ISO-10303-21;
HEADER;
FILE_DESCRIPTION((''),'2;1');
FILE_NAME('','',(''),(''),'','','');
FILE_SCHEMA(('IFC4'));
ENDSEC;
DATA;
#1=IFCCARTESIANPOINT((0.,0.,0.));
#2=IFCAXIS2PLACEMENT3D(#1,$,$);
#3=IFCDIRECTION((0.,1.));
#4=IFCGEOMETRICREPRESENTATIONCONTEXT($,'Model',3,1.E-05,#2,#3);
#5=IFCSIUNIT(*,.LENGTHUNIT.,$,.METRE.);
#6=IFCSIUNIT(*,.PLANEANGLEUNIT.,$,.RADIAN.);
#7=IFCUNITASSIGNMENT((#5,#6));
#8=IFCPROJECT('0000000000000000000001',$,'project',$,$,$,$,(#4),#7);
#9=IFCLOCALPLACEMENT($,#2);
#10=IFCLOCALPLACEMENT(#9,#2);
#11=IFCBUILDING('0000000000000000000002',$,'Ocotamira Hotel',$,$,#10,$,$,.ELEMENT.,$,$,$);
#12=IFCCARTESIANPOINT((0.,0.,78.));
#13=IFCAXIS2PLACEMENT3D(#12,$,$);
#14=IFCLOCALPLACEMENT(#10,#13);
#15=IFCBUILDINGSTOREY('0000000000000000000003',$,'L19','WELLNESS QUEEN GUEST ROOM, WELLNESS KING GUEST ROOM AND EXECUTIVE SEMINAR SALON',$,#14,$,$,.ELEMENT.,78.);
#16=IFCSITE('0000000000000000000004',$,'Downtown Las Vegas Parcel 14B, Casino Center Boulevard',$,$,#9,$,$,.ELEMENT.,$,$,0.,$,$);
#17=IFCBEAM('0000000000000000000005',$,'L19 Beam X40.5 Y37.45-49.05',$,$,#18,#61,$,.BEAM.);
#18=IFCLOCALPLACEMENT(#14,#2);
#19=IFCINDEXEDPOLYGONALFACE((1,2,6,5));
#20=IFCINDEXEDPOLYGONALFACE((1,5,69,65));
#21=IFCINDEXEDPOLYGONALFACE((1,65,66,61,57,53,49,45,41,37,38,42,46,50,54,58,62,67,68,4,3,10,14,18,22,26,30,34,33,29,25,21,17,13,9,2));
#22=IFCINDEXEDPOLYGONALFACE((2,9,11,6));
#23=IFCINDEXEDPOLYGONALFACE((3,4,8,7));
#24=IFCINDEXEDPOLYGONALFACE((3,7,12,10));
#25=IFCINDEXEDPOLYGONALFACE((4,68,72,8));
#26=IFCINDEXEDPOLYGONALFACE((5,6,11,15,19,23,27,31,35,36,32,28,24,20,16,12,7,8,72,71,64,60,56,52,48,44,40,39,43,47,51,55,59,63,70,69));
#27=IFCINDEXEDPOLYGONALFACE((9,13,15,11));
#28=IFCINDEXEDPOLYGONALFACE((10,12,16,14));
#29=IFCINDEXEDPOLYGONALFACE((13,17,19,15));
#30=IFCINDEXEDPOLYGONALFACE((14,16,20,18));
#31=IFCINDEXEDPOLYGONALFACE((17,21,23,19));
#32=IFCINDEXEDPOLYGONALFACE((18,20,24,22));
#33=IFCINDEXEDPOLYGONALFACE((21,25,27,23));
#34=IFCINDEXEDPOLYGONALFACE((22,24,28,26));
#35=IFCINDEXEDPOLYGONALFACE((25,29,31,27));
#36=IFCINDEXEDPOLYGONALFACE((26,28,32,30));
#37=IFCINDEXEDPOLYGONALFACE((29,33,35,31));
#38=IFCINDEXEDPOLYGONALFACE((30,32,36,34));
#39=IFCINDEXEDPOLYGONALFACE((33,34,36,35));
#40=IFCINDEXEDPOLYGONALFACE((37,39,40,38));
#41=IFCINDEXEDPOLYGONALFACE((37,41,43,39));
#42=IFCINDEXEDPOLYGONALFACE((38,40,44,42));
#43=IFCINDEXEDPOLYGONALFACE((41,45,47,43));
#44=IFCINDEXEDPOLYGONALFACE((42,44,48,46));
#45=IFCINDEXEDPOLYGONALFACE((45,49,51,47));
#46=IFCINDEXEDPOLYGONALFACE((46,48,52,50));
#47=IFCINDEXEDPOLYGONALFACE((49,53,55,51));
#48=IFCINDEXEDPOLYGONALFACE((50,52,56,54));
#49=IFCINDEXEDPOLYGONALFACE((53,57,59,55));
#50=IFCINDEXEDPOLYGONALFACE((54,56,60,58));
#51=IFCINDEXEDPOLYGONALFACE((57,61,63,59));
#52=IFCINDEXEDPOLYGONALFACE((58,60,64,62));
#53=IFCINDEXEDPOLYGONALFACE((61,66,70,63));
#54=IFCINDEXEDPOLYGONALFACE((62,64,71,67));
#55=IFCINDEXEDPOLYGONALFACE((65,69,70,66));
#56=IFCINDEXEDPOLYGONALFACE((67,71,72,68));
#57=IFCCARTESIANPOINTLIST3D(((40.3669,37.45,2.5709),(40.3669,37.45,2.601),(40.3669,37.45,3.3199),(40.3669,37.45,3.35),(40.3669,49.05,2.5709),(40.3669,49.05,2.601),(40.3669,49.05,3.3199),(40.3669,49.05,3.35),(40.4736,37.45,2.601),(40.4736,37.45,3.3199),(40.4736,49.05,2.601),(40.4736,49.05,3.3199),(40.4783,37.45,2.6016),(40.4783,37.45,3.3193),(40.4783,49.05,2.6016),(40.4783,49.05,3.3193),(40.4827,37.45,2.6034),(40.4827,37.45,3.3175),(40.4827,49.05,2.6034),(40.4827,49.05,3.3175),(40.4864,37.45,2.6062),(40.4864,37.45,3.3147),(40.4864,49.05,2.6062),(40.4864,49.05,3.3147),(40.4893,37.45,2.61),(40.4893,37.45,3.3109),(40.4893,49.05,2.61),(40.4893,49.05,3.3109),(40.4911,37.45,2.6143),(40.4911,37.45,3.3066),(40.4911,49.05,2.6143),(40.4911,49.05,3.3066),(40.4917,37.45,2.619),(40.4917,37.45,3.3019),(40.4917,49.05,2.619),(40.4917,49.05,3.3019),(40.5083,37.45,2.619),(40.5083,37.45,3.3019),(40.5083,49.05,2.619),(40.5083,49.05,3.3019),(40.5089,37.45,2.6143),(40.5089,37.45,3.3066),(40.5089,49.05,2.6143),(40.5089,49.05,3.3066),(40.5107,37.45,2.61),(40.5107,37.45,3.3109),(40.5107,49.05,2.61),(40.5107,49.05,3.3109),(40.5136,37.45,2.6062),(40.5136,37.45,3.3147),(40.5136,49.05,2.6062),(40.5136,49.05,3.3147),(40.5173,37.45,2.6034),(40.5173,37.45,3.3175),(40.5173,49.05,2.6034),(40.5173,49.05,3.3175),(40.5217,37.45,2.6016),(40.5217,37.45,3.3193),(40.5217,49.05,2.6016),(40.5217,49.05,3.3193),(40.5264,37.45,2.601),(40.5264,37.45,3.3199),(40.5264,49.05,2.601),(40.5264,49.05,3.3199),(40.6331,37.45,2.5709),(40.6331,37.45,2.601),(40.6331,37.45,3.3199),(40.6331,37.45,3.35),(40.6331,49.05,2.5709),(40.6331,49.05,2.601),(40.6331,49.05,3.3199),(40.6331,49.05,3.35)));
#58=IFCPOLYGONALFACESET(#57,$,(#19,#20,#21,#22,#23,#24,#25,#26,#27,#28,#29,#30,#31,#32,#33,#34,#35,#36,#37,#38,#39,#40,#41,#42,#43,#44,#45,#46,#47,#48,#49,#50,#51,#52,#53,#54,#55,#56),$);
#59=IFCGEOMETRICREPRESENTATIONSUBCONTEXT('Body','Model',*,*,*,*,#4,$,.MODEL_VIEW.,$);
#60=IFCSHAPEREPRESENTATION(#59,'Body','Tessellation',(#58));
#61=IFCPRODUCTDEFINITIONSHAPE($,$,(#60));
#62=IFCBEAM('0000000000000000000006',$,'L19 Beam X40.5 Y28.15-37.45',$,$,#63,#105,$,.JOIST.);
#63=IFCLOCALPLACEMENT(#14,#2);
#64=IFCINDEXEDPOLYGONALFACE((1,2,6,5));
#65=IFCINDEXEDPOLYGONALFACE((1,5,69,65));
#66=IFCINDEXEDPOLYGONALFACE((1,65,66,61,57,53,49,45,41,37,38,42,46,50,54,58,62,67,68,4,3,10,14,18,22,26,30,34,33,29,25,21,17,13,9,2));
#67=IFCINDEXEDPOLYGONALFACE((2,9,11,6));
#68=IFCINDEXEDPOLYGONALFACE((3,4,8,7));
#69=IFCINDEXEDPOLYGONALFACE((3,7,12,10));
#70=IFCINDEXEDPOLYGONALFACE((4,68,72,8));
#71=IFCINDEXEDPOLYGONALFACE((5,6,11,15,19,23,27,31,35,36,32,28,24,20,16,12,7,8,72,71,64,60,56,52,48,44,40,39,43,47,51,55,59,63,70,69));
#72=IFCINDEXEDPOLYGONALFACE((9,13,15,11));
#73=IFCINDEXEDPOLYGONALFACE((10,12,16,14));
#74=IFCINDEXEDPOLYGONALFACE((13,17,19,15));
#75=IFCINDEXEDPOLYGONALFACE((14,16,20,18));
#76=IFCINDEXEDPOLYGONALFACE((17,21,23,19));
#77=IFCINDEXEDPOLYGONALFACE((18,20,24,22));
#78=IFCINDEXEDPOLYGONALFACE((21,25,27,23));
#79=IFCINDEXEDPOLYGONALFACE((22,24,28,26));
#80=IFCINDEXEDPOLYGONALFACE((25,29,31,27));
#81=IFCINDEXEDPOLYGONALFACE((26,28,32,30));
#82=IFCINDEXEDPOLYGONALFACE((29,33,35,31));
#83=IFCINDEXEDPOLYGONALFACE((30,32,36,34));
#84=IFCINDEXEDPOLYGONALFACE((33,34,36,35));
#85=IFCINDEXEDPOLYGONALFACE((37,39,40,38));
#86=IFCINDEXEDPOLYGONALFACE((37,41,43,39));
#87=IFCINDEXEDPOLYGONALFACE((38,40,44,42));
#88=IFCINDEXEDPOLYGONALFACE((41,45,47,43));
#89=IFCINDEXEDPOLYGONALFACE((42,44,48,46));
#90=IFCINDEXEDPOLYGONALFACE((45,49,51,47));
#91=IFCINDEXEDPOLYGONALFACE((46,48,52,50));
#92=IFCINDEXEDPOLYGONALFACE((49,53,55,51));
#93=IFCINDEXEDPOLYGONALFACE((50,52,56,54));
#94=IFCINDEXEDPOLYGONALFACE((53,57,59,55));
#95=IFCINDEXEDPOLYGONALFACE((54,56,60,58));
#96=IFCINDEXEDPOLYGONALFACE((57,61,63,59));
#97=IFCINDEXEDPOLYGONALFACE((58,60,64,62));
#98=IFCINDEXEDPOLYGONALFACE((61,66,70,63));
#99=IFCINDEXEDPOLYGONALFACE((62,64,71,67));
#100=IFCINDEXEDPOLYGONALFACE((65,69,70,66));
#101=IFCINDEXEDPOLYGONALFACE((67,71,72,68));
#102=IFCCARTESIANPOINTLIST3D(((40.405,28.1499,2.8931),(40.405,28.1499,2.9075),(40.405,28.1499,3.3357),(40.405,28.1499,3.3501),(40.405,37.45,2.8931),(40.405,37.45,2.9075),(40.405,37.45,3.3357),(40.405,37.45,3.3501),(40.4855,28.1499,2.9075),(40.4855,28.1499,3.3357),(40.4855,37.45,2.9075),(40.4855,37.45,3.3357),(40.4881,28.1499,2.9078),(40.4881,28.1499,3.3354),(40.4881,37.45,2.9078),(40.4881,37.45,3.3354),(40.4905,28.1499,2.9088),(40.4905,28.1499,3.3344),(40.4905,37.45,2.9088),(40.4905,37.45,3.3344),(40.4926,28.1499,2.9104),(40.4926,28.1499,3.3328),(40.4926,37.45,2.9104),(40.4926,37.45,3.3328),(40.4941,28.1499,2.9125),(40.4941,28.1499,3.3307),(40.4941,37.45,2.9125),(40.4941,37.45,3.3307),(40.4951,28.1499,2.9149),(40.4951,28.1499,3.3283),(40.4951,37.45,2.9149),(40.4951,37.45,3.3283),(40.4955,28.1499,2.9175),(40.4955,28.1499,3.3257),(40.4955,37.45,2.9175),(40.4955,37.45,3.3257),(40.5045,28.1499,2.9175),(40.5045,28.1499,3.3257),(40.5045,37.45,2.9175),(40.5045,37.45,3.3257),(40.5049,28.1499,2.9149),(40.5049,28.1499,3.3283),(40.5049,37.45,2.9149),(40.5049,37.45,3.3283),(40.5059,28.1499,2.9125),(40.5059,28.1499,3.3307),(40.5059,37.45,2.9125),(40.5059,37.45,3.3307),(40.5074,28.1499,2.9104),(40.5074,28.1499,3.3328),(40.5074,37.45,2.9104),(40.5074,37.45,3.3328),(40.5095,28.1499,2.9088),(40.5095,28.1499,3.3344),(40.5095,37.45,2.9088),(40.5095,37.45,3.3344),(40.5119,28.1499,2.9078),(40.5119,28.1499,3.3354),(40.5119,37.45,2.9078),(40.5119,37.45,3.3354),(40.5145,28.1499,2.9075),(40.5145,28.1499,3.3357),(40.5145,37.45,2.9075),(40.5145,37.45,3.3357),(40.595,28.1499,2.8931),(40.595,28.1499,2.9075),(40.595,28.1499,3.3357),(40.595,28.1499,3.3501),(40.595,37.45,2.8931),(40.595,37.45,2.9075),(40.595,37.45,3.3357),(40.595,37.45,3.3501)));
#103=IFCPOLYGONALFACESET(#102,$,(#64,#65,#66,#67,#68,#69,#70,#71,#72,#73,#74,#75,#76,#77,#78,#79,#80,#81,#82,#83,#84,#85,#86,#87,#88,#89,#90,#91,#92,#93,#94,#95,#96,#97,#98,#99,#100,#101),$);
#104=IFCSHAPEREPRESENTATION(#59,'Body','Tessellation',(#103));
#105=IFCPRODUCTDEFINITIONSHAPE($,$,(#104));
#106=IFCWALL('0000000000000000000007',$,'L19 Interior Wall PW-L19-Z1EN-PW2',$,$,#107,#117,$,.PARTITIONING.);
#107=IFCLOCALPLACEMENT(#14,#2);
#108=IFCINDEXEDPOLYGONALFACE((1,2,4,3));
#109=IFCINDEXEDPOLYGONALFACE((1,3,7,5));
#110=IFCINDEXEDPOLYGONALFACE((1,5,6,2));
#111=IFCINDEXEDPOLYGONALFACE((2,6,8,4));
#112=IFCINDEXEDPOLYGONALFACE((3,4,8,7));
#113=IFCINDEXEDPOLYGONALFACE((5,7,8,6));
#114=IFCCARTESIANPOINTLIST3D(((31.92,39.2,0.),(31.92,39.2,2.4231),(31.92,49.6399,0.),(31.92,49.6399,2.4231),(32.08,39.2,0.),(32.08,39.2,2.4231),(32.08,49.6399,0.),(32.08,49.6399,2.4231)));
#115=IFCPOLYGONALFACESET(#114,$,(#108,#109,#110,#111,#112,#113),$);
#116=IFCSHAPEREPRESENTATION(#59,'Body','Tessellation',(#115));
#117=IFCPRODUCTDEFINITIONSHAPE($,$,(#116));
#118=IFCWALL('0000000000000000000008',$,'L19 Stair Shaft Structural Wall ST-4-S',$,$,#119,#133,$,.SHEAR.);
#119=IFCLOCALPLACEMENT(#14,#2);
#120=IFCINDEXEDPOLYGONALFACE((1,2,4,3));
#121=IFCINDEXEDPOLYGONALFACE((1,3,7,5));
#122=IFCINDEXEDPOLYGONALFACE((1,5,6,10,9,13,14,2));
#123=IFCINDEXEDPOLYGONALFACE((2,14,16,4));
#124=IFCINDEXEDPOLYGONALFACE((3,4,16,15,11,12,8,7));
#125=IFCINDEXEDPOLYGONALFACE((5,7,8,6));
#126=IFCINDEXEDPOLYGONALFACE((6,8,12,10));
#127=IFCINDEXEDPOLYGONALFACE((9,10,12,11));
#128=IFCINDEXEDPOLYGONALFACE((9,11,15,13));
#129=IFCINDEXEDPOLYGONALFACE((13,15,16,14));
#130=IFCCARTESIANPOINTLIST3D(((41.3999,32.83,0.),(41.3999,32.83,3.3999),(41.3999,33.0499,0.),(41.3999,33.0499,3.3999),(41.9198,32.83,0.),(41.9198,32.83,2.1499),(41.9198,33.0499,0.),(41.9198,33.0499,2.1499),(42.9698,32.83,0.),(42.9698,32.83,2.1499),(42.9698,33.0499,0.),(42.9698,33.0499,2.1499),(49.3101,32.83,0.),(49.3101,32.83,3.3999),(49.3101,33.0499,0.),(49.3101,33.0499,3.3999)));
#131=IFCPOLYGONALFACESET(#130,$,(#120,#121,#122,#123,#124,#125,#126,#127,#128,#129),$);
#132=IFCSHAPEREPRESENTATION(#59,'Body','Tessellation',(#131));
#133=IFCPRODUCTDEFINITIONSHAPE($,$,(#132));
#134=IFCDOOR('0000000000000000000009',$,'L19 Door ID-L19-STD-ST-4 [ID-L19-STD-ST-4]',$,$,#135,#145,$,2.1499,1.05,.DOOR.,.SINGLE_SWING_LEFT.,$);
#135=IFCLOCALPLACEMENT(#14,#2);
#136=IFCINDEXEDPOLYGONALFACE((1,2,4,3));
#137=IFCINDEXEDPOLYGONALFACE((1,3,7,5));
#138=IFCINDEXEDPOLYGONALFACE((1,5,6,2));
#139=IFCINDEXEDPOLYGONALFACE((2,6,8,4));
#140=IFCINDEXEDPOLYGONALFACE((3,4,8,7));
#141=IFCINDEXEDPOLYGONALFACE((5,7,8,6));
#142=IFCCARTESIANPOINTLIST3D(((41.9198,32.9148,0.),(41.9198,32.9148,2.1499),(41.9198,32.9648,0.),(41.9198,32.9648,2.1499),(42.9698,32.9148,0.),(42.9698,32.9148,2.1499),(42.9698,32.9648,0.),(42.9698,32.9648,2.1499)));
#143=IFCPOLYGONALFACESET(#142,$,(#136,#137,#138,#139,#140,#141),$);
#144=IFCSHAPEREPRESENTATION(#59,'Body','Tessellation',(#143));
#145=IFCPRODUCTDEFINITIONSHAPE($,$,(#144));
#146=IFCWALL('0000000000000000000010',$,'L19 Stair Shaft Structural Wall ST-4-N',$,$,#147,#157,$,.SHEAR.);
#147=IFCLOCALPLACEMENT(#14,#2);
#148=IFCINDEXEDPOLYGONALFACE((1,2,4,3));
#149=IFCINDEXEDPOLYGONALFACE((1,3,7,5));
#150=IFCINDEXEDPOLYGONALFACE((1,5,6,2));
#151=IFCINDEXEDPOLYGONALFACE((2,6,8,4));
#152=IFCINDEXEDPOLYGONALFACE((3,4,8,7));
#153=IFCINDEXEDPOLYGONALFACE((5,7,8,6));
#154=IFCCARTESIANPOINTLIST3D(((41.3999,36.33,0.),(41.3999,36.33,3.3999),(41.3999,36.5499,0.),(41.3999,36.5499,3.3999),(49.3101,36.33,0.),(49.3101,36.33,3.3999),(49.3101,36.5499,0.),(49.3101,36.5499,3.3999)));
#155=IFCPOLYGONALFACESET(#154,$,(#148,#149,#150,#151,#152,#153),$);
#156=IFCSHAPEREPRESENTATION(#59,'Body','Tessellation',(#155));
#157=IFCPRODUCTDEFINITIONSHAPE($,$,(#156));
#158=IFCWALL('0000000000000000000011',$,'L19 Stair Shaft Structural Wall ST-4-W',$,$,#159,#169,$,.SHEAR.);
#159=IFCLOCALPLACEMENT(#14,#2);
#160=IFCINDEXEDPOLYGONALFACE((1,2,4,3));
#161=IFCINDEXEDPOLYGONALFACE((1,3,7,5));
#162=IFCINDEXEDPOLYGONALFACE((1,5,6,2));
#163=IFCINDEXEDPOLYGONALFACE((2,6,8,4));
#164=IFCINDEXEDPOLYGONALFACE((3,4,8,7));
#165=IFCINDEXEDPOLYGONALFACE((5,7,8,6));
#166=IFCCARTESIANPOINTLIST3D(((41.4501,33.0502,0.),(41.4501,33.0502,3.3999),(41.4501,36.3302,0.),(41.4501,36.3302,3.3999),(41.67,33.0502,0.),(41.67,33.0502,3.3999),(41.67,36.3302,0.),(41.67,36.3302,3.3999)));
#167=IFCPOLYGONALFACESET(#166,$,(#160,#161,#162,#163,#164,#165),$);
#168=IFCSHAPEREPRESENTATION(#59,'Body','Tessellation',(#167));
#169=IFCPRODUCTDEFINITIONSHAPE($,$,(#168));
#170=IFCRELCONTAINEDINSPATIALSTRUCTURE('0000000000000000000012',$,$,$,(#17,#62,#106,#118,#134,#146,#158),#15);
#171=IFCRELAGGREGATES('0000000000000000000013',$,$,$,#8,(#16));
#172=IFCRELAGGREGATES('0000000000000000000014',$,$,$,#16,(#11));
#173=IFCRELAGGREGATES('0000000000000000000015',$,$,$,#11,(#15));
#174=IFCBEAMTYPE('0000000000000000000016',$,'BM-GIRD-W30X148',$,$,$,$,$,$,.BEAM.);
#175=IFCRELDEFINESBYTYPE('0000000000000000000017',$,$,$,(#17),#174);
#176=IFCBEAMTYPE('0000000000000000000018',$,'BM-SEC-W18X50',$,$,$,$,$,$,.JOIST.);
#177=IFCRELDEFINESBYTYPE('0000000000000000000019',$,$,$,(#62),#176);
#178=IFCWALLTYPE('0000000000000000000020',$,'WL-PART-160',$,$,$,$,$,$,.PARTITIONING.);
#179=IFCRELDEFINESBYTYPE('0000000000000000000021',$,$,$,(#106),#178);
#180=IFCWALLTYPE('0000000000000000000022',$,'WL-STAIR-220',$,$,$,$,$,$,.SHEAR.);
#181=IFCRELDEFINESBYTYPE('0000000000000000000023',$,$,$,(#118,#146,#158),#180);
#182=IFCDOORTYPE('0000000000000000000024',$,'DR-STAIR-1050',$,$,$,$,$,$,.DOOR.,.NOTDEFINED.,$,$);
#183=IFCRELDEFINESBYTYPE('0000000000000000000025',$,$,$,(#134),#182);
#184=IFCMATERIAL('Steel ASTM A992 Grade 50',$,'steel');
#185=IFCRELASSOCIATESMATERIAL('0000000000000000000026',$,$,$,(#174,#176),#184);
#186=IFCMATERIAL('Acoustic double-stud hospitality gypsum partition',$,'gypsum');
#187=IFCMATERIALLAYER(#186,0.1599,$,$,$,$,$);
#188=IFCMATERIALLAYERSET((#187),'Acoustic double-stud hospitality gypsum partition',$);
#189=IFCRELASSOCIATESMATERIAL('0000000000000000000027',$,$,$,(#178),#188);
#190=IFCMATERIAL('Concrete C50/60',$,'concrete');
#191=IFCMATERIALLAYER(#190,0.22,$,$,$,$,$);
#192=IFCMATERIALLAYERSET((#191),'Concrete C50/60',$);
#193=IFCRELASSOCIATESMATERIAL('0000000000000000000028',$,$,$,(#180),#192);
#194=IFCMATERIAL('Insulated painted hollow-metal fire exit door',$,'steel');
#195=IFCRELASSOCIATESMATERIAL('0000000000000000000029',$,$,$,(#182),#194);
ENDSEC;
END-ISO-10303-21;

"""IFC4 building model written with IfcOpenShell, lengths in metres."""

from ifc_helpers import new_model, si_unit, direction, frame, frame_2d, origin, origin_2d, place, context, subcontext, project, spatial, rectangle, i_section, extrude, source, transform, mapped, material, layer, layer_set, material_profile, profile_set, type_object, element, fill, save


model = new_model("IFC4")

# Units and contexts
model_context = context("Model", 3, precision=1e-05, world=origin(), true_north=direction((0.0, 1.0)))
body_context = subcontext(model_context, "Body", "Model", "MODEL_VIEW")
ifc_project = project(units=[si_unit("LENGTHUNIT", "METRE"), si_unit("PLANEANGLEUNIT", "RADIAN")], contexts=[model_context])

# Site, building, storey
site_placement = place(None, origin())
site = spatial("IfcSite", under=ifc_project, at=site_placement, Name="Downtown Las Vegas Parcel 14B, Casino Center Boulevard", CompositionType="ELEMENT", RefElevation=0.0)
building_placement = place(site_placement, origin())
building = spatial("IfcBuilding", under=site, at=building_placement, Name="Ocotamira Hotel", CompositionType="ELEMENT")
storey_placement = place(building_placement, frame((0.0, 0.0, 78.0)))
storey = spatial("IfcBuildingStorey", under=building, at=storey_placement, Name="L19", Description="WELLNESS QUEEN GUEST ROOM, WELLNESS KING GUEST ROOM AND EXECUTIVE SEMINAR SALON", CompositionType="ELEMENT", Elevation=78.0)

# Beams
ifc_material_1 = material(Name="Steel ASTM A992 Grade 50", Category="steel")
ifc_material_profile_1 = material_profile(ifc_material_1, i_section(OverallWidth=0.2661, OverallDepth=0.7791, WebThickness=0.0166, FlangeThickness=0.03, FilletRadius=0.0181, at=origin_2d()), Name="W30X148")
ifc_profile_set_1 = profile_set([ifc_material_profile_1], Name="Steel ASTM A992 Grade 50")
beam_type_1 = type_object("IfcBeamType", Name="BM-GIRD-W30X148", PredefinedType="BEAM", material=ifc_profile_set_1)
shared_shape_1 = source(origin(), body_context, "Body", "SweptSolid", [
    extrude(i_section(OverallWidth=0.2661, OverallDepth=0.7791, WebThickness=0.0166, FlangeThickness=0.03, FilletRadius=0.0181, at=origin_2d()), origin(), (0.0, 0.0, 1.0), 11.6001),
])
beam_1_placement = place(storey_placement, frame((40.5, 37.45, 2.9604), z_axis=(0.0, 1.0, 0.0), x_axis=(-1.0, 0.0, 0.0)))
element("IfcBeam", 1, at=beam_1_placement, inside=storey, type_object=beam_type_1, Name="L19 Beam X40.5 Y37.45-49.05", PredefinedType="BEAM", context=body_context, shape_type="MappedRepresentation", body=[
    mapped(shared_shape_1, transform((0.0, 0.0, 0.0), scale=1.0)),
])
ifc_material_profile_2 = material_profile(ifc_material_1, i_section(OverallWidth=0.1899, OverallDepth=0.457, WebThickness=0.009, FlangeThickness=0.0144, FilletRadius=0.01, at=origin_2d()), Name="W18X50")
ifc_profile_set_2 = profile_set([ifc_material_profile_2], Name="Steel ASTM A992 Grade 50")
beam_type_2 = type_object("IfcBeamType", Name="BM-SEC-W18X50", PredefinedType="JOIST", material=ifc_profile_set_2)
shared_shape_2 = source(origin(), body_context, "Body", "SweptSolid", [
    extrude(i_section(OverallWidth=0.1899, OverallDepth=0.457, WebThickness=0.009, FlangeThickness=0.0144, FilletRadius=0.01, at=origin_2d()), origin(), (0.0, 0.0, 1.0), 9.3),
])
beam_2_placement = place(storey_placement, frame((40.5, 28.1499, 3.1216), z_axis=(0.0, 1.0, 0.0), x_axis=(-1.0, 0.0, 0.0)))
element("IfcBeam", 2, at=beam_2_placement, inside=storey, type_object=beam_type_2, Name="L19 Beam X40.5 Y28.15-37.45", PredefinedType="JOIST", context=body_context, shape_type="MappedRepresentation", body=[
    mapped(shared_shape_2, transform((0.0, 0.0, 0.0), scale=1.0)),
])

# Wall
ifc_material_2 = material(Name="Acoustic double-stud hospitality gypsum partition", Category="gypsum")
ifc_layer_1 = layer(ifc_material_2, 0.1599)
ifc_layer_set_1 = layer_set([ifc_layer_1], Name="Acoustic double-stud hospitality gypsum partition")
wall_type_1 = type_object("IfcWallType", Name="WL-PART-160", PredefinedType="PARTITIONING", material=ifc_layer_set_1)
wall_1_placement = place(storey_placement, frame((32.0, 39.2, 0.0), z_axis=(0.0, 0.0, 1.0), x_axis=(0.0, 1.0, 0.0)))
element("IfcWall", 3, at=wall_1_placement, inside=storey, type_object=wall_type_1, Name="L19 Interior Wall PW-L19-Z1EN-PW2", PredefinedType="PARTITIONING", context=body_context, shape_type="SweptSolid", body=[
    extrude(rectangle(XDim=10.4399, YDim=0.1599, at=frame_2d((5.22, 0.0))), origin(), (0.0, 0.0, 1.0), 2.4231),
])

# Wall, opening, door
ifc_material_3 = material(Name="Concrete C50/60", Category="concrete")
ifc_layer_2 = layer(ifc_material_3, 0.22)
ifc_layer_set_2 = layer_set([ifc_layer_2], Name="Concrete C50/60")
wall_type_2 = type_object("IfcWallType", Name="WL-STAIR-220", PredefinedType="SHEAR", material=ifc_layer_set_2)
wall_2_placement = place(storey_placement, frame((41.3999, 32.9399, 0.0), z_axis=(0.0, 0.0, 1.0), x_axis=(1.0, 0.0, 0.0)))
wall_2 = element("IfcWall", 4, at=wall_2_placement, inside=storey, type_object=wall_type_2, Name="L19 Stair Shaft Structural Wall ST-4-S", PredefinedType="SHEAR", context=body_context, shape_type="SweptSolid", body=[
    extrude(rectangle(XDim=7.9102, YDim=0.22, at=frame_2d((3.9551, 0.0))), origin(), (0.0, 0.0, 1.0), 3.3999),
])
opening_1_placement = place(wall_2_placement, frame((0.52, 0.0, 0.0)))
opening_1 = element("IfcOpeningElement", 5, at=opening_1_placement, cuts=wall_2, PredefinedType="OPENING", context=body_context, shape_type="SweptSolid", body=[
    extrude(rectangle(XDim=1.05, YDim=2.1499, at=frame_2d((0.5249, 1.075))), frame((0.0, 0.1201, 0.0), z_axis=(0.0, -1.0, 0.0), x_axis=(1.0, 0.0, 0.0)), (0.0, 0.0, 1.0), 0.24),
])
ifc_material_4 = material(Name="Insulated painted hollow-metal fire exit door", Category="steel")
door_type_1 = type_object("IfcDoorType", Name="DR-STAIR-1050", OperationType="NOTDEFINED", PredefinedType="DOOR", material=ifc_material_4)
shared_shape_3 = source(origin(), body_context, "Body", "SweptSolid", [
    extrude(rectangle(XDim=1.05, YDim=2.1499, at=frame_2d((0.5249, 1.075))), frame((0.0, 0.0249, 0.0), z_axis=(0.0, -1.0, 0.0), x_axis=(1.0, 0.0, 0.0)), (0.0, 0.0, 1.0), 0.05),
])
door_1_placement = place(opening_1_placement, origin())
door_1 = element("IfcDoor", 6, at=door_1_placement, inside=storey, type_object=door_type_1, Name="L19 Door ID-L19-STD-ST-4 [ID-L19-STD-ST-4]", OperationType="SINGLE_SWING_LEFT", OverallHeight=2.1499, OverallWidth=1.05, PredefinedType="DOOR", context=body_context, shape_type="MappedRepresentation", body=[
    mapped(shared_shape_3, transform((0.0, 0.0, 0.0), scale=1.0)),
])
fill(opening_1, door_1)

# Walls
wall_3_placement = place(storey_placement, frame((41.3999, 36.4399, 0.0), z_axis=(0.0, 0.0, 1.0), x_axis=(1.0, 0.0, 0.0)))
element("IfcWall", 7, at=wall_3_placement, inside=storey, type_object=wall_type_2, Name="L19 Stair Shaft Structural Wall ST-4-N", PredefinedType="SHEAR", context=body_context, shape_type="SweptSolid", body=[
    extrude(rectangle(XDim=7.9102, YDim=0.22, at=frame_2d((3.9551, 0.0))), origin(), (0.0, 0.0, 1.0), 3.3999),
])
wall_4_placement = place(storey_placement, frame((41.5601, 33.05, 0.0), z_axis=(0.0, 0.0, 1.0), x_axis=(0.0, 1.0, 0.0)))
element("IfcWall", 8, at=wall_4_placement, inside=storey, type_object=wall_type_2, Name="L19 Stair Shaft Structural Wall ST-4-W", PredefinedType="SHEAR", context=body_context, shape_type="SweptSolid", body=[
    extrude(rectangle(XDim=3.28, YDim=0.22, at=frame_2d((1.6401, 0.0))), origin(), (0.0, 0.0, 1.0), 3.3999),
])

save(model, "model.ifc")
